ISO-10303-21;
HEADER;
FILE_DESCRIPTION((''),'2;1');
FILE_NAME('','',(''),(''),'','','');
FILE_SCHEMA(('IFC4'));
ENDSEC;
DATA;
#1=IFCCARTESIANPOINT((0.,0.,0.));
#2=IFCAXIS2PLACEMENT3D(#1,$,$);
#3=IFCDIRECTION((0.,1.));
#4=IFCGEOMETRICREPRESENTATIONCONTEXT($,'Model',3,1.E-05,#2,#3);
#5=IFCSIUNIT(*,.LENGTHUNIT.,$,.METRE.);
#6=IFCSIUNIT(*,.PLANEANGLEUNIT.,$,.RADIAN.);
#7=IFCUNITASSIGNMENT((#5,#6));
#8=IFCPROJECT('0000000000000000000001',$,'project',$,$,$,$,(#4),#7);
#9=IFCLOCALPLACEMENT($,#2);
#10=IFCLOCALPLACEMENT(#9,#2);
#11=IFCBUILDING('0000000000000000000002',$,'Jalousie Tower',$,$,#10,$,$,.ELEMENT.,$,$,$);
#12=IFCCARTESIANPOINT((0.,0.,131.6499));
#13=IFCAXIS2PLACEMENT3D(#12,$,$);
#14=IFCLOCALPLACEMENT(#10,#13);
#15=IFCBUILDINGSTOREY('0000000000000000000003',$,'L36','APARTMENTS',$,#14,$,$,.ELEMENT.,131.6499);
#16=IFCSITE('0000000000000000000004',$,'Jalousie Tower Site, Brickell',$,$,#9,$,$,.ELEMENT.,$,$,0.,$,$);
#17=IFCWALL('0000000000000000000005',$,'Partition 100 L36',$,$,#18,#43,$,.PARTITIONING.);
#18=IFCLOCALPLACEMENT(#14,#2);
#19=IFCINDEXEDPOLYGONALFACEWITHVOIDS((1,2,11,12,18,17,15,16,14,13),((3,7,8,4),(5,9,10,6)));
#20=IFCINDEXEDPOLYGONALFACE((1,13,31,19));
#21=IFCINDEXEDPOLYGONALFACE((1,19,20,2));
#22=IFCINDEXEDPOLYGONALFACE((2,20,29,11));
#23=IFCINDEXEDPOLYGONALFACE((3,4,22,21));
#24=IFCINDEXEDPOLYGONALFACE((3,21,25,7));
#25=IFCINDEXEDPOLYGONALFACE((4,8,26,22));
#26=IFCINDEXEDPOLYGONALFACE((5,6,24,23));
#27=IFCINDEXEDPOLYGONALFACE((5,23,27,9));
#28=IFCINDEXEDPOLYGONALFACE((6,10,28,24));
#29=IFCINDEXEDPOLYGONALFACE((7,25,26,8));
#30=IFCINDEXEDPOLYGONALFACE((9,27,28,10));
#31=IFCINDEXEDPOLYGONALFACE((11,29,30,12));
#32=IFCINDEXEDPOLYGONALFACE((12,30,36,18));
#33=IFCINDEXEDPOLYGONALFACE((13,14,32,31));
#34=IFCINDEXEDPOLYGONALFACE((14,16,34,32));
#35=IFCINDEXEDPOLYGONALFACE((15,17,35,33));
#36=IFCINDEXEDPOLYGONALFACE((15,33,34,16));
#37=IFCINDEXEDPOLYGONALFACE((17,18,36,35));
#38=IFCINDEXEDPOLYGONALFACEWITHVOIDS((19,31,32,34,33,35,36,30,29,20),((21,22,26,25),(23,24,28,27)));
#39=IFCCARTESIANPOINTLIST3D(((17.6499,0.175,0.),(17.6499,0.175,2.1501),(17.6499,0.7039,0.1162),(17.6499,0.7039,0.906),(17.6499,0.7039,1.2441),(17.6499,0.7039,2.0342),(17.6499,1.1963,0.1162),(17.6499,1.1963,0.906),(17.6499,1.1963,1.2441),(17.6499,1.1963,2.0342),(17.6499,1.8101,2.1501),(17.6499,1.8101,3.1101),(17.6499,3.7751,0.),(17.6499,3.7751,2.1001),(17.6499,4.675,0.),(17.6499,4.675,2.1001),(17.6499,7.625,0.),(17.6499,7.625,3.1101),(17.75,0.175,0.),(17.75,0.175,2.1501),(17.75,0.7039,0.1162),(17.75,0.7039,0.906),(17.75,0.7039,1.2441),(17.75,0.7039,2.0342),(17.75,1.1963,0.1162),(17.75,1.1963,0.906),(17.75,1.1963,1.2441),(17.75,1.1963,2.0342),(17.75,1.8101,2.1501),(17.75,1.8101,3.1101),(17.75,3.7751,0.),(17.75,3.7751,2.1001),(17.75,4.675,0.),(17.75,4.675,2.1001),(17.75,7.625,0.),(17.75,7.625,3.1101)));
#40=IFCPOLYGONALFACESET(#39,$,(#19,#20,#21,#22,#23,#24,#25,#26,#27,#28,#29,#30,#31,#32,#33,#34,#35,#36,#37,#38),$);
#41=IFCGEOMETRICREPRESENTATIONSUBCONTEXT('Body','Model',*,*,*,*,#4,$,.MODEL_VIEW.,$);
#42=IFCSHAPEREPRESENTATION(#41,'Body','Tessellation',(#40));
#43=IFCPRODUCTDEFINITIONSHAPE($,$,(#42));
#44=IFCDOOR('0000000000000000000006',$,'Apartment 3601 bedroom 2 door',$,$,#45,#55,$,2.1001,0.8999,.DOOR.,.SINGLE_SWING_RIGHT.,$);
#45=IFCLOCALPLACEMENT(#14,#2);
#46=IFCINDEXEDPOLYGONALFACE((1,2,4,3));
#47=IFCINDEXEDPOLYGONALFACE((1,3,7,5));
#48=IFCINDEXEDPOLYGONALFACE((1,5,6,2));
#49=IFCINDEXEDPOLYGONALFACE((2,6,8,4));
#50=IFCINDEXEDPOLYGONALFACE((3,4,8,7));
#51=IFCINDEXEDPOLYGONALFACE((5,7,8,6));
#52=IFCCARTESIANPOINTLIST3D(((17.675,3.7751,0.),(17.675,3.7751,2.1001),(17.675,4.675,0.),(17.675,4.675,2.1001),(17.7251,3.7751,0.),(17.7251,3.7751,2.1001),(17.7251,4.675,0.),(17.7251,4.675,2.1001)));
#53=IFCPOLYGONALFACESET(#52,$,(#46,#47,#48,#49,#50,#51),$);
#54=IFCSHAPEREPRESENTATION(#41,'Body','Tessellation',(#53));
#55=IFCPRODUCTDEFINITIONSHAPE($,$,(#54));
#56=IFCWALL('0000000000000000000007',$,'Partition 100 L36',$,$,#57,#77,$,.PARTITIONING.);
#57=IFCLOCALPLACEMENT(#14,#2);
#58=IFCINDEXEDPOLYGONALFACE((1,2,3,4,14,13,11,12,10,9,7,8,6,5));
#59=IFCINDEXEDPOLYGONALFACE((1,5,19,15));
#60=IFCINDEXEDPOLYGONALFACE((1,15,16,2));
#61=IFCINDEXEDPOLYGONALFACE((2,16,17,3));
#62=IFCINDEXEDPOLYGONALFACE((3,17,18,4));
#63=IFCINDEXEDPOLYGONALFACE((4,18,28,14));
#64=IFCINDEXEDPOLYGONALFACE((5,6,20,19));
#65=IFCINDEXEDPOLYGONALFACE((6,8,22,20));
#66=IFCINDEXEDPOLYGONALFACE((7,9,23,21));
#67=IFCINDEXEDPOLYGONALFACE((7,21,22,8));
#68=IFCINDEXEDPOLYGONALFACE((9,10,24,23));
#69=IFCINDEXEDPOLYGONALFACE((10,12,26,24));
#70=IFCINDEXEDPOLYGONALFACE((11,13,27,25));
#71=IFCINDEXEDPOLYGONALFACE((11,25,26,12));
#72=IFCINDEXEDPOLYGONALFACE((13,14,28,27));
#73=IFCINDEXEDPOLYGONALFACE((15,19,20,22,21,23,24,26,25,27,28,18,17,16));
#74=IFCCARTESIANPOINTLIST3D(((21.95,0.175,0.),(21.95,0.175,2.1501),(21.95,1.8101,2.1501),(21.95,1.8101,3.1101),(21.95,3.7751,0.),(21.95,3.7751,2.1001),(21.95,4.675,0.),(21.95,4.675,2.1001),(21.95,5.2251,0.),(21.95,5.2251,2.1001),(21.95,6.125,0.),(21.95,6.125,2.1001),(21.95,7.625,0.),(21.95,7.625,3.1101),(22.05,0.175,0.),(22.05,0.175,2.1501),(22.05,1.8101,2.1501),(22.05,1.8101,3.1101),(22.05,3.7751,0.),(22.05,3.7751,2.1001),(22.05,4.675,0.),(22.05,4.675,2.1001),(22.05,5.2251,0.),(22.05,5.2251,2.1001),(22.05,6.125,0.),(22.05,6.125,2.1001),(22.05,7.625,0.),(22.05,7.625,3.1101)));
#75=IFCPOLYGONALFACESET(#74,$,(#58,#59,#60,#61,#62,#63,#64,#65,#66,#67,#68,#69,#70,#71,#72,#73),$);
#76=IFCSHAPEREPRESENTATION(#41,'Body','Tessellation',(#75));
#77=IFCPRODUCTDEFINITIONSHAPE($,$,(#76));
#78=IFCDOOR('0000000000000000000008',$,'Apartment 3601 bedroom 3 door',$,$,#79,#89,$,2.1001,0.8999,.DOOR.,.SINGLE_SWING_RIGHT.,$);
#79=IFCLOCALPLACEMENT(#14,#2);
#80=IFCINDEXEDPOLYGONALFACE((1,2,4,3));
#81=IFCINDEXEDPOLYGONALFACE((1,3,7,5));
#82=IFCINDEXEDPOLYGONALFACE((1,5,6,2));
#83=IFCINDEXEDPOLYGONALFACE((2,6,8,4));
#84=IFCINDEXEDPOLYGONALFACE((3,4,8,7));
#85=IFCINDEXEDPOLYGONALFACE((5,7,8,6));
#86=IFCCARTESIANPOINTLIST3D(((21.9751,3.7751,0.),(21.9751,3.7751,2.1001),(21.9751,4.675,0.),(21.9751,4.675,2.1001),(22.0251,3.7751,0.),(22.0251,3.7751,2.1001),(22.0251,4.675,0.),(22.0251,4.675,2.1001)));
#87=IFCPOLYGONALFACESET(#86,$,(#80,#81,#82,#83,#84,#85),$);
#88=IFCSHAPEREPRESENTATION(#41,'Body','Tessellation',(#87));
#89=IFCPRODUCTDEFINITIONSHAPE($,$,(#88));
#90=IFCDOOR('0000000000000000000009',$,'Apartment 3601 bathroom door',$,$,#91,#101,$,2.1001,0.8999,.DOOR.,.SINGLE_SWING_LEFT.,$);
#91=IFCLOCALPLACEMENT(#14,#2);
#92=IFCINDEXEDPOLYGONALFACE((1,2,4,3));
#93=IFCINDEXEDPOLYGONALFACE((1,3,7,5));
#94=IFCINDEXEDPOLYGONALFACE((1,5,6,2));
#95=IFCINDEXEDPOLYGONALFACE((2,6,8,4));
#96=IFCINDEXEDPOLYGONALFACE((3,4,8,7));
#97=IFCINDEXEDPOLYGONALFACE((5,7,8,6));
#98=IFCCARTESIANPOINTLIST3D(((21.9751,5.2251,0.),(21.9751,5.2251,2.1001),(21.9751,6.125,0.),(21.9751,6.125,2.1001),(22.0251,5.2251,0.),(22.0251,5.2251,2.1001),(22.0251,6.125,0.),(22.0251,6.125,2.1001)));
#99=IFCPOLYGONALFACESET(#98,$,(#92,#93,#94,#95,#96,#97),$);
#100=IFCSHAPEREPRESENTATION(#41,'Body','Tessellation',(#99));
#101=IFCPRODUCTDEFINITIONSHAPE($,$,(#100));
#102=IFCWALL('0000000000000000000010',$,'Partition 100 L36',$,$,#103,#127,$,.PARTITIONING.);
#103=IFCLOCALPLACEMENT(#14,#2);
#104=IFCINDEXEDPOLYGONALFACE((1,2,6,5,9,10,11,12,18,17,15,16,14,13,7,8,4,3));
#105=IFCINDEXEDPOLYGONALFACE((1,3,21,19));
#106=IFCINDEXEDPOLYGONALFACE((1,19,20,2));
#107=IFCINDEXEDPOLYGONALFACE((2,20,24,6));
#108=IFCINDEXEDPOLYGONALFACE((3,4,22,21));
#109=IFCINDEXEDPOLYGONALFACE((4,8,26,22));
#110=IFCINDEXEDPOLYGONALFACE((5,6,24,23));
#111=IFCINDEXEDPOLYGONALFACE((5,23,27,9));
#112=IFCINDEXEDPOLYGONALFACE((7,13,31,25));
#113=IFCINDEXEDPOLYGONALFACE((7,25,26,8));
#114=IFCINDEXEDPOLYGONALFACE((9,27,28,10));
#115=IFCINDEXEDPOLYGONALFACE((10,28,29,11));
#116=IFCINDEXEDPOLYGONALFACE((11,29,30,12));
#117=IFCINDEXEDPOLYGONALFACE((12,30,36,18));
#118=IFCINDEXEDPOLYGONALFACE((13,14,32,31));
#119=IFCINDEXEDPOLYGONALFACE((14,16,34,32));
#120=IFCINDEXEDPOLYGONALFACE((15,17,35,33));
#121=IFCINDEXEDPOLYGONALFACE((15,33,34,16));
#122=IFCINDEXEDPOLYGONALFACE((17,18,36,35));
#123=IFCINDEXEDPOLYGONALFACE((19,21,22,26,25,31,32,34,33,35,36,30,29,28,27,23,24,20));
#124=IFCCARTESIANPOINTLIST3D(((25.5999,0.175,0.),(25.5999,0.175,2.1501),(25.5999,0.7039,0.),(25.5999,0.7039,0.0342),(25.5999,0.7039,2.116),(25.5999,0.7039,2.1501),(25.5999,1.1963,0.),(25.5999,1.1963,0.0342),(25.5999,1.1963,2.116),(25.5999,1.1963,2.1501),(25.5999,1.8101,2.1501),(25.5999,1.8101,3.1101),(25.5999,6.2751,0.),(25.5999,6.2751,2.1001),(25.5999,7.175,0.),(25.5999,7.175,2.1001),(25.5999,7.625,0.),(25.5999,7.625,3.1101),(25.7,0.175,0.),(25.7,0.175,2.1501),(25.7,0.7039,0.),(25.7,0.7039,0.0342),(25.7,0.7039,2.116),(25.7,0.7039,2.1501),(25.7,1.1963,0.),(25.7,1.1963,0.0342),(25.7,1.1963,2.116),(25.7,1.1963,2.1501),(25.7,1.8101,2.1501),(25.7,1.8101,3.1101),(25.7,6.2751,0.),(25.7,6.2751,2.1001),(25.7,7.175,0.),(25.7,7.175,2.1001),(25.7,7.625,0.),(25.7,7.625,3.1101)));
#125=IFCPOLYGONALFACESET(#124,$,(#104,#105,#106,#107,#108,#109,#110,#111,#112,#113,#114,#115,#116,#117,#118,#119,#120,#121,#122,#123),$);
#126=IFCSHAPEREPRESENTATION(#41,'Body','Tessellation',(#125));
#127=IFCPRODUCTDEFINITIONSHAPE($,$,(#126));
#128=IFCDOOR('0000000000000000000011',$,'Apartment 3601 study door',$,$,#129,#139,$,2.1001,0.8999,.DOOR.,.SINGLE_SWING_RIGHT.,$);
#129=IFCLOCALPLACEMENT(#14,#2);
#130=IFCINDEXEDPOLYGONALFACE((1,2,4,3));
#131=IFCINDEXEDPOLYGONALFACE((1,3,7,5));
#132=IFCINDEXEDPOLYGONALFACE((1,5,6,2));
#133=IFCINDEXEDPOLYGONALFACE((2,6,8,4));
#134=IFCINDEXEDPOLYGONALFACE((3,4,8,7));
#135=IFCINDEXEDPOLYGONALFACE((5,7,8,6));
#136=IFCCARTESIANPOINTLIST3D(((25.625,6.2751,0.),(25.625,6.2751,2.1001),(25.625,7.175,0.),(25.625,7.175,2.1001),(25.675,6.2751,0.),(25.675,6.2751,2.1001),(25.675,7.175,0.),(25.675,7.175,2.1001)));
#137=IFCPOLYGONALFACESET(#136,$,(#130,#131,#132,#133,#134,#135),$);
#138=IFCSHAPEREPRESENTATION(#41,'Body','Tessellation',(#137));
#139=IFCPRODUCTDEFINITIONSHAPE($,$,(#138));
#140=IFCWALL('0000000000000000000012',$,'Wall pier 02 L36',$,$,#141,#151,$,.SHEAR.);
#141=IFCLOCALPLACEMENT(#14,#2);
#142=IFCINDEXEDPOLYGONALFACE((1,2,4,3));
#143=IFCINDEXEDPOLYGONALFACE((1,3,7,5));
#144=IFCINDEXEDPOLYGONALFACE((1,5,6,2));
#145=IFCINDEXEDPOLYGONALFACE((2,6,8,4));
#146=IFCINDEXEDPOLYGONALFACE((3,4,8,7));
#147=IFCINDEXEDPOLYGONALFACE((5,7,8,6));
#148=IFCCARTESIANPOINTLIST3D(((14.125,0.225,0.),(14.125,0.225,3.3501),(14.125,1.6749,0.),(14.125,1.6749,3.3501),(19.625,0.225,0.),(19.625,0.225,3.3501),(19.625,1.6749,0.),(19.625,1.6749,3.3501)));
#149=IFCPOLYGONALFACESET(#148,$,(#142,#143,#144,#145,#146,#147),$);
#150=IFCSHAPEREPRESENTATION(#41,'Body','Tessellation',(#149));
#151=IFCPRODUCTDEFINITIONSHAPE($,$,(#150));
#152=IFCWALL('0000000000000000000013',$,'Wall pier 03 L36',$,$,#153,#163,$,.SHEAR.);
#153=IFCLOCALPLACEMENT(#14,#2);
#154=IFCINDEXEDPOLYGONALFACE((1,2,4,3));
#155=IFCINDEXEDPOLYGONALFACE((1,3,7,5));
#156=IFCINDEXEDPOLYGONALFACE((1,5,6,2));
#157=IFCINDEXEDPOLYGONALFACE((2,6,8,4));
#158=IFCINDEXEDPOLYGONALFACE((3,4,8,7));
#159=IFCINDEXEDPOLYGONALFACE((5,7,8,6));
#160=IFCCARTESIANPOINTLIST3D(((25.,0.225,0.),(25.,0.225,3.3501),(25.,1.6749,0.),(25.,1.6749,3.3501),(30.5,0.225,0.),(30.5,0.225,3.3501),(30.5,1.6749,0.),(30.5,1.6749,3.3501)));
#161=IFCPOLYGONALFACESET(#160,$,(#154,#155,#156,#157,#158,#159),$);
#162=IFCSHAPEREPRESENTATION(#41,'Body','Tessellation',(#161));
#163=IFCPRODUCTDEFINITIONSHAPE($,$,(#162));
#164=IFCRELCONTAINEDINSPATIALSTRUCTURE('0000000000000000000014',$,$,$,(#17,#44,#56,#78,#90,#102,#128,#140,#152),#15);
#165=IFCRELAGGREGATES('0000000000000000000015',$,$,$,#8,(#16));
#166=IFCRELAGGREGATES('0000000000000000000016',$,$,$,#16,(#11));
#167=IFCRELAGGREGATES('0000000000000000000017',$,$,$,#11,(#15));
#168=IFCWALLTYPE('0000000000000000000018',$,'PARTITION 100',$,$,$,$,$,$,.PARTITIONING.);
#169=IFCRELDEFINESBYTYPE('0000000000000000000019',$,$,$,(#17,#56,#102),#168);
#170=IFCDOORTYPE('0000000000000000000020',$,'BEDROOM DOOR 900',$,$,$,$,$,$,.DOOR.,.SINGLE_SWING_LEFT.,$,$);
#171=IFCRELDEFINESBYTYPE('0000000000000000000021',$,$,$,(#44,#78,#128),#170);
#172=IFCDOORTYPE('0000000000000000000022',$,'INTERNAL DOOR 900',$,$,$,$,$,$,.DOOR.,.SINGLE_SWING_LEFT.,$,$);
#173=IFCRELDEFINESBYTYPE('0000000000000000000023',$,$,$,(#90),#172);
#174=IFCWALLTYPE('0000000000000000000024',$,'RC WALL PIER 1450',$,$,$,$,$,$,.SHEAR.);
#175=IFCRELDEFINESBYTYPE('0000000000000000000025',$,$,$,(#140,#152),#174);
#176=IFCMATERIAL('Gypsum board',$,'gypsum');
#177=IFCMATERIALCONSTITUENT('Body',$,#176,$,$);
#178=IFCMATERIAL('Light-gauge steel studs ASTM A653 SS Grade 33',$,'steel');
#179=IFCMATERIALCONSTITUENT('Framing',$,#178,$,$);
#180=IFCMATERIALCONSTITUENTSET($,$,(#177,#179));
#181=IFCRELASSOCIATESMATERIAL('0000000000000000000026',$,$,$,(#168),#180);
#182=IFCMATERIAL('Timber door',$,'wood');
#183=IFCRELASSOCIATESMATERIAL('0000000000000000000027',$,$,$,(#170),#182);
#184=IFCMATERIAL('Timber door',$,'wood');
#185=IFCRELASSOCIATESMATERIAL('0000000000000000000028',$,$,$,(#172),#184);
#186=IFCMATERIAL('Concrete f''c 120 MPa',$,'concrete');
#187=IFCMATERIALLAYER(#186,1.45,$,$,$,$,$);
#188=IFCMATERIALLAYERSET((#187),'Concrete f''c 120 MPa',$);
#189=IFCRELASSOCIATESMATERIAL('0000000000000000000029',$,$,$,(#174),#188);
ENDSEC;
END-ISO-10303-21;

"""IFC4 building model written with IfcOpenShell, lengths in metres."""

from ifc_helpers import new_model, si_unit, direction, frame, frame_2d, origin, place, context, subcontext, project, spatial, polyline, rectangle, outline, extrude, material, layer, layer_set, constituent, constituent_set, type_object, element, fill, save


model = new_model("IFC4")

# Units and contexts
model_context = context("Model", 3, precision=1e-05, world=origin(), true_north=direction((0.0, 1.0)))
body_context = subcontext(model_context, "Body", "Model", "MODEL_VIEW")
ifc_project = project(units=[si_unit("LENGTHUNIT", "METRE"), si_unit("PLANEANGLEUNIT", "RADIAN")], contexts=[model_context])

# Site, building, storey
site_placement = place(None, origin())
site = spatial("IfcSite", under=ifc_project, at=site_placement, Name="Jalousie Tower Site, Brickell", CompositionType="ELEMENT", RefElevation=0.0)
building_placement = place(site_placement, origin())
building = spatial("IfcBuilding", under=site, at=building_placement, Name="Jalousie Tower", CompositionType="ELEMENT")
storey_placement = place(building_placement, frame((0.0, 0.0, 131.6499)))
storey = spatial("IfcBuildingStorey", under=building, at=storey_placement, Name="L36", Description="APARTMENTS", CompositionType="ELEMENT", Elevation=131.6499)

# Shared definitions
ifc_material_1 = material(Name="Gypsum board", Category="gypsum")
ifc_constituent_1 = constituent(ifc_material_1, Name="Body")
ifc_material_2 = material(Name="Light-gauge steel studs ASTM A653 SS Grade 33", Category="steel")
ifc_constituent_2 = constituent(ifc_material_2, Name="Framing")
ifc_constituent_set = constituent_set(constituents=[ifc_constituent_1, ifc_constituent_2])
wall_type_1 = type_object("IfcWallType", Name="PARTITION 100", PredefinedType="PARTITIONING", material=ifc_constituent_set)
ifc_material_3 = material(Name="Timber door", Category="wood")
door_type_1 = type_object("IfcDoorType", Name="BEDROOM DOOR 900", OperationType="SINGLE_SWING_LEFT", PredefinedType="DOOR", material=ifc_material_3)

# Wall, opening, door
wall_1_placement = place(storey_placement, frame((17.7, 0.175, 0.0), z_axis=(0.0, 0.0, 1.0), x_axis=(0.0, 1.0, 0.0)))
wall_1 = element("IfcWall", 1, at=wall_1_placement, inside=storey, type_object=wall_type_1, Name="Partition 100 L36", PredefinedType="PARTITIONING", context=body_context, shape_type="SweptSolid", body=[
    extrude(outline(polyline([(1.635, 2.1501), (0.0, 2.1501), (0.0, 0.0), (7.45, 0.0), (7.45, 3.1101), (1.635, 3.1101), (1.635, 2.1501)]), holes=[polyline([(1.0212, 0.1162), (0.5288, 0.1162), (0.5288, 0.906), (1.0212, 0.906), (1.0212, 0.1162)]), polyline([(1.0212, 1.2441), (0.5288, 1.2441), (0.5288, 2.0342), (1.0212, 2.0342), (1.0212, 1.2441)])]), frame((0.0, 0.05, 0.0), z_axis=(0.0, -1.0, 0.0), x_axis=(1.0, 0.0, 0.0)), (0.0, 0.0, 1.0), 0.1001),
])
opening_1_placement = place(wall_1_placement, frame((3.6001, 0.0, 0.0)))
opening_1 = element("IfcOpeningElement", 2, at=opening_1_placement, cuts=wall_1, PredefinedType="OPENING", context=body_context, shape_type="SweptSolid", body=[
    extrude(rectangle(XDim=0.8999, YDim=2.1001, at=frame_2d((0.45, 1.05))), frame((0.0, 0.0601, 0.0), z_axis=(0.0, -1.0, 0.0), x_axis=(1.0, 0.0, 0.0)), (0.0, 0.0, 1.0), 0.1201),
])
door_1_placement = place(opening_1_placement, origin())
door_1 = element("IfcDoor", 3, at=door_1_placement, inside=storey, type_object=door_type_1, Name="Apartment 3601 bedroom 2 door", OperationType="SINGLE_SWING_RIGHT", OverallHeight=2.1001, OverallWidth=0.8999, PredefinedType="DOOR", context=body_context, shape_type="SweptSolid", body=[
    extrude(rectangle(XDim=0.8999, YDim=2.1001, at=frame_2d((0.45, 1.05))), frame((0.0, 0.0249, 0.0), z_axis=(0.0, -1.0, 0.0), x_axis=(1.0, 0.0, 0.0)), (0.0, 0.0, 1.0), 0.05),
])
fill(opening_1, door_1)

# Wall, openings, doors
wall_2_placement = place(storey_placement, frame((22.0, 0.175, 0.0), z_axis=(0.0, 0.0, 1.0), x_axis=(0.0, 1.0, 0.0)))
wall_2 = element("IfcWall", 4, at=wall_2_placement, inside=storey, type_object=wall_type_1, Name="Partition 100 L36", PredefinedType="PARTITIONING", context=body_context, shape_type="SweptSolid", body=[
    extrude(outline(polyline([(0.0, 0.0), (7.45, 0.0), (7.45, 3.1101), (1.635, 3.1101), (1.635, 2.1501), (0.0, 2.1501), (0.0, 3.1101), (0.0, 0.0)])), frame((0.0, 0.05, 0.0), z_axis=(0.0, -1.0, 0.0), x_axis=(1.0, 0.0, 0.0)), (0.0, 0.0, 1.0), 0.1001),
])
opening_2_placement = place(wall_2_placement, frame((3.6001, 0.0, 0.0)))
opening_2 = element("IfcOpeningElement", 5, at=opening_2_placement, cuts=wall_2, PredefinedType="OPENING", context=body_context, shape_type="SweptSolid", body=[
    extrude(rectangle(XDim=0.8999, YDim=2.1001, at=frame_2d((0.45, 1.05))), frame((0.0, 0.0601, 0.0), z_axis=(0.0, -1.0, 0.0), x_axis=(1.0, 0.0, 0.0)), (0.0, 0.0, 1.0), 0.1201),
])
opening_3_placement = place(wall_2_placement, frame((5.05, 0.0, 0.0)))
opening_3 = element("IfcOpeningElement", 6, at=opening_3_placement, cuts=wall_2, PredefinedType="OPENING", context=body_context, shape_type="SweptSolid", body=[
    extrude(rectangle(XDim=0.8999, YDim=2.1001, at=frame_2d((0.45, 1.05))), frame((0.0, 0.0601, 0.0), z_axis=(0.0, -1.0, 0.0), x_axis=(1.0, 0.0, 0.0)), (0.0, 0.0, 1.0), 0.1201),
])
door_2_placement = place(opening_2_placement, origin())
door_2 = element("IfcDoor", 7, at=door_2_placement, inside=storey, type_object=door_type_1, Name="Apartment 3601 bedroom 3 door", OperationType="SINGLE_SWING_RIGHT", OverallHeight=2.1001, OverallWidth=0.8999, PredefinedType="DOOR", context=body_context, shape_type="SweptSolid", body=[
    extrude(rectangle(XDim=0.8999, YDim=2.1001, at=frame_2d((0.45, 1.05))), frame((0.0, 0.0249, 0.0), z_axis=(0.0, -1.0, 0.0), x_axis=(1.0, 0.0, 0.0)), (0.0, 0.0, 1.0), 0.05),
])
fill(opening_2, door_2)
ifc_material_4 = material(Name="Timber door", Category="wood")
door_type_2 = type_object("IfcDoorType", Name="INTERNAL DOOR 900", OperationType="SINGLE_SWING_LEFT", PredefinedType="DOOR", material=ifc_material_4)
door_3_placement = place(opening_3_placement, origin())
door_3 = element("IfcDoor", 8, at=door_3_placement, inside=storey, type_object=door_type_2, Name="Apartment 3601 bathroom door", OperationType="SINGLE_SWING_LEFT", OverallHeight=2.1001, OverallWidth=0.8999, PredefinedType="DOOR", context=body_context, shape_type="SweptSolid", body=[
    extrude(rectangle(XDim=0.8999, YDim=2.1001, at=frame_2d((0.45, 1.05))), frame((0.0, 0.0249, 0.0), z_axis=(0.0, -1.0, 0.0), x_axis=(1.0, 0.0, 0.0)), (0.0, 0.0, 1.0), 0.05),
])
fill(opening_3, door_3)

# Wall, opening, door
wall_3_placement = place(storey_placement, frame((25.6499, 0.175, 0.0), z_axis=(0.0, 0.0, 1.0), x_axis=(0.0, 1.0, 0.0)))
wall_3 = element("IfcWall", 9, at=wall_3_placement, inside=storey, type_object=wall_type_1, Name="Partition 100 L36", PredefinedType="PARTITIONING", context=body_context, shape_type="SweptSolid", body=[
    extrude(outline(polyline([(0.5288, 2.1501), (0.0, 2.1501), (0.0, 0.0), (0.5288, 0.0), (0.5288, 0.0342), (1.0212, 0.0342), (1.0212, 0.0), (7.45, 0.0), (7.45, 3.1101), (1.635, 3.1101), (1.635, 2.1501), (1.0212, 2.1501), (1.0212, 2.116), (0.5288, 2.116), (0.5288, 2.1501)])), frame((0.0, 0.05, 0.0), z_axis=(0.0, -1.0, 0.0), x_axis=(1.0, 0.0, 0.0)), (0.0, 0.0, 1.0), 0.1001),
])
opening_4_placement = place(wall_3_placement, frame((6.1001, 0.0, 0.0)))
opening_4 = element("IfcOpeningElement", 10, at=opening_4_placement, cuts=wall_3, PredefinedType="OPENING", context=body_context, shape_type="SweptSolid", body=[
    extrude(rectangle(XDim=0.8999, YDim=2.1001, at=frame_2d((0.45, 1.05))), frame((0.0, 0.0601, 0.0), z_axis=(0.0, -1.0, 0.0), x_axis=(1.0, 0.0, 0.0)), (0.0, 0.0, 1.0), 0.1201),
])
door_4_placement = place(opening_4_placement, origin())
door_4 = element("IfcDoor", 11, at=door_4_placement, inside=storey, type_object=door_type_1, Name="Apartment 3601 study door", OperationType="SINGLE_SWING_RIGHT", OverallHeight=2.1001, OverallWidth=0.8999, PredefinedType="DOOR", context=body_context, shape_type="SweptSolid", body=[
    extrude(rectangle(XDim=0.8999, YDim=2.1001, at=frame_2d((0.45, 1.05))), frame((0.0, 0.0249, 0.0), z_axis=(0.0, -1.0, 0.0), x_axis=(1.0, 0.0, 0.0)), (0.0, 0.0, 1.0), 0.05),
])
fill(opening_4, door_4)

# Walls
ifc_material_5 = material(Name="Concrete f'c 120 MPa", Category="concrete")
ifc_layer_1 = layer(ifc_material_5, 1.45)
ifc_layer_set_1 = layer_set([ifc_layer_1], Name="Concrete f'c 120 MPa")
wall_type_2 = type_object("IfcWallType", Name="RC WALL PIER 1450", PredefinedType="SHEAR", material=ifc_layer_set_1)
for number, where, z_axis, x_axis, name in (
    (12, (14.125, 0.95, 0.0), (0.0, 0.0, 1.0), (1.0, 0.0, 0.0), "Wall pier 02 L36"),
    (13, (25.0, 0.95, 0.0), (0.0, 0.0, 1.0), (1.0, 0.0, 0.0), "Wall pier 03 L36"),
):
    element("IfcWall", number, at=place(storey_placement, frame(where, z_axis=z_axis, x_axis=x_axis)), inside=storey, type_object=wall_type_2, Name=name, PredefinedType="SHEAR", context=body_context, shape_type="SweptSolid", body=[
        extrude(rectangle(XDim=5.5, YDim=1.45, at=frame_2d((2.75, 0.0))), origin(), (0.0, 0.0, 1.0), 3.3501),
    ])

save(model, "model.ifc")
